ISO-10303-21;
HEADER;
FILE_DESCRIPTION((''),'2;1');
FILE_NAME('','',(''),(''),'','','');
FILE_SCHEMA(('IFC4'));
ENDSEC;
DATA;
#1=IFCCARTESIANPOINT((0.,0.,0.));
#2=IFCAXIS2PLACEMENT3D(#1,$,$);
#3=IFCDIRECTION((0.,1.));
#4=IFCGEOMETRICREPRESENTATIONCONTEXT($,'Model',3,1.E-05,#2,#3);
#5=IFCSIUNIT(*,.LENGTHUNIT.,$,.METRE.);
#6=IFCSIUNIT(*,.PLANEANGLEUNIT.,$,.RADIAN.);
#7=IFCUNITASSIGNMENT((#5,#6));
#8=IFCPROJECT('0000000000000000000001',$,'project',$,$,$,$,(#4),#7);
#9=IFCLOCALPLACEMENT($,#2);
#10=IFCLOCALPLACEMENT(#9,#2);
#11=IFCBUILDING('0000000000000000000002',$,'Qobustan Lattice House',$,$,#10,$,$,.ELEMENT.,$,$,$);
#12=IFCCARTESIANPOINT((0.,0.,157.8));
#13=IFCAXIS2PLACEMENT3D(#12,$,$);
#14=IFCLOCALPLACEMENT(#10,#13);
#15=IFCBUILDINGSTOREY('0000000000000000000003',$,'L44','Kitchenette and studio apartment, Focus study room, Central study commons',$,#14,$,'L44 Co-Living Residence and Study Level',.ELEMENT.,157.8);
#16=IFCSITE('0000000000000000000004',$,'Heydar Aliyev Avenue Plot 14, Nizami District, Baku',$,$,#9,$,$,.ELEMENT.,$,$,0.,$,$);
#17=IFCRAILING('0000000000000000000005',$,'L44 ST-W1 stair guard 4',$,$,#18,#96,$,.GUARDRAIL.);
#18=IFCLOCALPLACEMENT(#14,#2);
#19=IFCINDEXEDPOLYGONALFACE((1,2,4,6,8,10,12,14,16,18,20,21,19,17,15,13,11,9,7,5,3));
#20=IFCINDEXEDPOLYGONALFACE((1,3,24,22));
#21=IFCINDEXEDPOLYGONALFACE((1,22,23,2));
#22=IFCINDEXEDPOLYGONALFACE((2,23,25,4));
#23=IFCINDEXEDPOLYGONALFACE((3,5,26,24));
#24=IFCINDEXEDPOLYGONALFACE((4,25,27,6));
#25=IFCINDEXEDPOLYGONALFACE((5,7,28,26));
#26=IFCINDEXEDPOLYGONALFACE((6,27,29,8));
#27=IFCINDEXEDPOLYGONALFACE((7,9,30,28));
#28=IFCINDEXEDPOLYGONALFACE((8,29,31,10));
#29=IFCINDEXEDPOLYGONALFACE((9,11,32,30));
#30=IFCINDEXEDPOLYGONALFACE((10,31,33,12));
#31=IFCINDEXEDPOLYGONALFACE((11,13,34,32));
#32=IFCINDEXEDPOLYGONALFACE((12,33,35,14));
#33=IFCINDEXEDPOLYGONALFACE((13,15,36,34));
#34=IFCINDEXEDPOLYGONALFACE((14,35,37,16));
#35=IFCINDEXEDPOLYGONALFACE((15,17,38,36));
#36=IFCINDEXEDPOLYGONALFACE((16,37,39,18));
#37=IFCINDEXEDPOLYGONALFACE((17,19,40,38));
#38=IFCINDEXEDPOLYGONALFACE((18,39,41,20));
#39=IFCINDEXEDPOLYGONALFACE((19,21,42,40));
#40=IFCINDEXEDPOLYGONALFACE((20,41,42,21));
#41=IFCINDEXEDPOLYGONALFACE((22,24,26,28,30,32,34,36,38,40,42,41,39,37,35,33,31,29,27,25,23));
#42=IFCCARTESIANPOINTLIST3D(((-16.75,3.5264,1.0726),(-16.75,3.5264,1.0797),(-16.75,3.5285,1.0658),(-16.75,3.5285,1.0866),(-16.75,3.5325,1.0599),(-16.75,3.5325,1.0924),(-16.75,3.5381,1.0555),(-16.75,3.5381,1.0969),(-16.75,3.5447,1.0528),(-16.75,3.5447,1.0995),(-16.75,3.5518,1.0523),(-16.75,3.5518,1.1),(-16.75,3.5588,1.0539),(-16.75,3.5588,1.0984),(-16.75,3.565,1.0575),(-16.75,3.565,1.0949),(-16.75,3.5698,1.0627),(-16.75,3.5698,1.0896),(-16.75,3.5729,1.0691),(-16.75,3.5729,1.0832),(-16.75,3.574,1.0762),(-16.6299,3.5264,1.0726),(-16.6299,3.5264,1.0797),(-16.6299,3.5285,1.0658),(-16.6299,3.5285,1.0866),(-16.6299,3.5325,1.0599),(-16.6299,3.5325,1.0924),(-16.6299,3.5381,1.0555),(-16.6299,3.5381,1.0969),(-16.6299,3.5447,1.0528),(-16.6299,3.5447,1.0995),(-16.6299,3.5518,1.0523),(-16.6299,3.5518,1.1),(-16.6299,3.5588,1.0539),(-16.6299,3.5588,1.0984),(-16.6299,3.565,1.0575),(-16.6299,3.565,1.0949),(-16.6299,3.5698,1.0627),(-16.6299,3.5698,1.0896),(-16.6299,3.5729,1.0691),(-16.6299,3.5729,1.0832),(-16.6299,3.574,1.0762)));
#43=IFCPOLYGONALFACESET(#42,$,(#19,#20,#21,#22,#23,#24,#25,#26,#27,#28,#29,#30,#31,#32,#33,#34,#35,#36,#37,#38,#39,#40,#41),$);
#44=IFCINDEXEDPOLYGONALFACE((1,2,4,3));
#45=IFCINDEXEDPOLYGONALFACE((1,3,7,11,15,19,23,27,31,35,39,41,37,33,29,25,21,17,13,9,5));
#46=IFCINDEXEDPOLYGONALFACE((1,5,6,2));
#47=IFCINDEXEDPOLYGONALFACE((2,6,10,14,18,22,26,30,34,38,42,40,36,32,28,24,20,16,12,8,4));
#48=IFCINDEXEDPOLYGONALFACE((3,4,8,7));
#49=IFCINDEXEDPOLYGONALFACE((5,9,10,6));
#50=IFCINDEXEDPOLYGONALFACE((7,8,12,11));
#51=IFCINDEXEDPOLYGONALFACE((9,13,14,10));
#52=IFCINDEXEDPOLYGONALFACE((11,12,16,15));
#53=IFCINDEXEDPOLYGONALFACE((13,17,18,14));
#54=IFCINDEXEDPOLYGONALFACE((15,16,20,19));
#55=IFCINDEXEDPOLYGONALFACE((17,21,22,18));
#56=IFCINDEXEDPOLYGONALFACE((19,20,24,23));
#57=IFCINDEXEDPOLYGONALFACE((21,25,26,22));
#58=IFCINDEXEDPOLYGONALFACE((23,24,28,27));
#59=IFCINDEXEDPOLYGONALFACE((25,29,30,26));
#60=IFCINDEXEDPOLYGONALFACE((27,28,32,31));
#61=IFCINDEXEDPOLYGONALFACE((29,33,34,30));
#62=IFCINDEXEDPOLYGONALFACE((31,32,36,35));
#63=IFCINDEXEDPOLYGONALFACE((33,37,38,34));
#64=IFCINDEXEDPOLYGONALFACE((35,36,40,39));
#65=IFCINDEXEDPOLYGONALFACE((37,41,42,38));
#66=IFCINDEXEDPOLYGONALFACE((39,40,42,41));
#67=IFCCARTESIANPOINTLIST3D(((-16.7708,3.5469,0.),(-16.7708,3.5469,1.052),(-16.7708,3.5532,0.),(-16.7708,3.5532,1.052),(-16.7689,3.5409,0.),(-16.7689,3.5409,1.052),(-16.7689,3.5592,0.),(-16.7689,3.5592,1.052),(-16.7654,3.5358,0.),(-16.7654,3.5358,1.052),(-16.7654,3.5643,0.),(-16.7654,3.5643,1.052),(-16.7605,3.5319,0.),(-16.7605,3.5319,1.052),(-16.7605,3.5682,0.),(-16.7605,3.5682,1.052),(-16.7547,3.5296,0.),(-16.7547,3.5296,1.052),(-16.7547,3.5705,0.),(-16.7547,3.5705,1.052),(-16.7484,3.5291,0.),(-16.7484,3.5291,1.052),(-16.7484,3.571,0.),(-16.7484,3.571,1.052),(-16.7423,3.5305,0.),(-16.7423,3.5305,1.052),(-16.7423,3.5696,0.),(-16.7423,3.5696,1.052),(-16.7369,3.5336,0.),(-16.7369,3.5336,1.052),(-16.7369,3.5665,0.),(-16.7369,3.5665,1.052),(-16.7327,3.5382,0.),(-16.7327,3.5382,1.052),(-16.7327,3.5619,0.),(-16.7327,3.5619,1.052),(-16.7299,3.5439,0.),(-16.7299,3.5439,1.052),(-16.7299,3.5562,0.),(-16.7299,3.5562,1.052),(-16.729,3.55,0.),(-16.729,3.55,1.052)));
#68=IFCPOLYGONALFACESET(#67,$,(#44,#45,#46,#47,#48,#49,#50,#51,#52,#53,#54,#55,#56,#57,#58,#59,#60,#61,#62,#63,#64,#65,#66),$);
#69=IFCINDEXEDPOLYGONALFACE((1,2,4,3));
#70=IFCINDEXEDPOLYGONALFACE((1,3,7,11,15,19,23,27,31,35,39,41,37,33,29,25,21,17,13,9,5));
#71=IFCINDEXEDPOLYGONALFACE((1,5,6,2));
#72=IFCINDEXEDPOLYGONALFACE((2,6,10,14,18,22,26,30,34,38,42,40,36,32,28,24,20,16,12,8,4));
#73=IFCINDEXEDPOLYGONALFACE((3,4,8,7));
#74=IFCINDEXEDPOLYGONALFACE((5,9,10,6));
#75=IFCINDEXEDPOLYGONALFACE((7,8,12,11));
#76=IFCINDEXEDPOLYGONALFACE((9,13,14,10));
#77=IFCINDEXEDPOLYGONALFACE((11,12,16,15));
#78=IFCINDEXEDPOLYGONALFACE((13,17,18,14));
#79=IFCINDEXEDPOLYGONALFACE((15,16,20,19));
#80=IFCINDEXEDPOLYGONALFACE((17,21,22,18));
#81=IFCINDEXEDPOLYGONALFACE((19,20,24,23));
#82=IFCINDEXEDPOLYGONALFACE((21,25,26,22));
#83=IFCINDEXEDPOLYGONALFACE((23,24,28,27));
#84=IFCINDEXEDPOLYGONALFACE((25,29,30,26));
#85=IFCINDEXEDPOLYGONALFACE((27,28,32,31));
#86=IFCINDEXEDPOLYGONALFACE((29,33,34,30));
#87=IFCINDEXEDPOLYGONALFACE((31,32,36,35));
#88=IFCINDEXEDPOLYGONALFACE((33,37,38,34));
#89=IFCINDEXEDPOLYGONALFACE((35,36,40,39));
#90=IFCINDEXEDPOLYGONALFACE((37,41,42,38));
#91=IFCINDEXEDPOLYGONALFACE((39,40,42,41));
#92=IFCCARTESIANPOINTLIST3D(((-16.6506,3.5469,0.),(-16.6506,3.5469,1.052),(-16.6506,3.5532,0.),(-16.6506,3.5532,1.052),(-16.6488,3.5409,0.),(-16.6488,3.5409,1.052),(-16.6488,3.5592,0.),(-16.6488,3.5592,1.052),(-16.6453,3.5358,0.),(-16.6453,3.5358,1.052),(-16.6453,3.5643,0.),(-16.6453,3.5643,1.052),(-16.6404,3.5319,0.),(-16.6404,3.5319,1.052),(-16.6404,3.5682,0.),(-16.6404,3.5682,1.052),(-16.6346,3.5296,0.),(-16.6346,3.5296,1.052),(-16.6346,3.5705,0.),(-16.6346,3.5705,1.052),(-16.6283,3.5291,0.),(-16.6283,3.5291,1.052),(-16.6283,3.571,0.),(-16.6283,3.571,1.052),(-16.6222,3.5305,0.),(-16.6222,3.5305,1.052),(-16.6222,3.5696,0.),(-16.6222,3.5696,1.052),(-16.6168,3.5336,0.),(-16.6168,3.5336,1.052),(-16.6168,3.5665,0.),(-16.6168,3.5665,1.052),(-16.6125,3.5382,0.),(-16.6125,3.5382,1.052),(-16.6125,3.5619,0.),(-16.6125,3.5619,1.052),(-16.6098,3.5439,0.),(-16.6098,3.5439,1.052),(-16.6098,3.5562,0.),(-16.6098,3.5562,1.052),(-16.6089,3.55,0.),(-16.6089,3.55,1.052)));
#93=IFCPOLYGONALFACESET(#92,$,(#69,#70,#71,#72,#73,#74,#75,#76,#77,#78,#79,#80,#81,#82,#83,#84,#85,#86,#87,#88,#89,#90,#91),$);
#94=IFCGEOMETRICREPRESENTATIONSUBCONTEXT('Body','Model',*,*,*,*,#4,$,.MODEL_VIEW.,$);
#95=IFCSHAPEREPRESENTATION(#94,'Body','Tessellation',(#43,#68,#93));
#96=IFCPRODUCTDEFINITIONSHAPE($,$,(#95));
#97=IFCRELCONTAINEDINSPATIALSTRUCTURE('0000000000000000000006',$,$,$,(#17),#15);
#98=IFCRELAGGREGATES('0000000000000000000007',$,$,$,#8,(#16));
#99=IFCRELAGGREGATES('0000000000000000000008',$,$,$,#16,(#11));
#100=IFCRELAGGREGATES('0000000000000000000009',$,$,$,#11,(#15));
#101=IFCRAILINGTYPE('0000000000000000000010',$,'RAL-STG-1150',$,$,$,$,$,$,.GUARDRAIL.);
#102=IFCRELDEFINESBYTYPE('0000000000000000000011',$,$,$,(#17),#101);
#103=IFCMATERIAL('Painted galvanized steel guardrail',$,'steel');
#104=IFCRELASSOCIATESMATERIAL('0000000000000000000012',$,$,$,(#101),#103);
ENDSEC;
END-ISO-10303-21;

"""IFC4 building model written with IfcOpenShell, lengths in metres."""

from ifc_helpers import new_model, si_unit, direction, frame, origin, origin_2d, place, context, subcontext, project, spatial, circle, extrude, material, type_object, element, save


model = new_model("IFC4")

# Units and contexts
model_context = context("Model", 3, precision=1e-05, world=origin(), true_north=direction((0.0, 1.0)))
body_context = subcontext(model_context, "Body", "Model", "MODEL_VIEW")
ifc_project = project(units=[si_unit("LENGTHUNIT", "METRE"), si_unit("PLANEANGLEUNIT", "RADIAN")], contexts=[model_context])

# Site, building, storey
site_placement = place(None, origin())
site = spatial("IfcSite", under=ifc_project, at=site_placement, Name="Heydar Aliyev Avenue Plot 14, Nizami District, Baku", CompositionType="ELEMENT", RefElevation=0.0)
building_placement = place(site_placement, origin())
building = spatial("IfcBuilding", under=site, at=building_placement, Name="Qobustan Lattice House", CompositionType="ELEMENT")
storey_placement = place(building_placement, frame((0.0, 0.0, 157.8)))
storey = spatial("IfcBuildingStorey", under=building, at=storey_placement, Name="L44", Description="Kitchenette and studio apartment, Focus study room, Central study commons", LongName="L44 Co-Living Residence and Study Level", CompositionType="ELEMENT", Elevation=157.8)

# Railing
ifc_material_1 = material(Name="Painted galvanized steel guardrail", Category="steel")
railing_type_1 = type_object("IfcRailingType", Name="RAL-STG-1150", PredefinedType="GUARDRAIL", material=ifc_material_1)
railing_1_placement = place(storey_placement, frame((-16.75, 3.55, 0.0)))
element("IfcRailing", 1, at=railing_1_placement, inside=storey, type_object=railing_type_1, Name="L44 ST-W1 stair guard 4", PredefinedType="GUARDRAIL", context=body_context, shape_type="SweptSolid", body=[
    extrude(circle(Radius=0.0239, at=origin_2d()), frame((0.0, 0.0, 1.0762), z_axis=(1.0, 0.0, 0.0), x_axis=(0.0, 1.0, 0.0)), (0.0, 0.0, 1.0), 0.1201),
    extrude(circle(Radius=0.021, at=origin_2d()), origin(), (0.0, 0.0, 1.0), 1.052),
    extrude(circle(Radius=0.021, at=origin_2d()), frame((0.1201, 0.0, 0.0)), (0.0, 0.0, 1.0), 1.052),
])

save(model, "model.ifc")
